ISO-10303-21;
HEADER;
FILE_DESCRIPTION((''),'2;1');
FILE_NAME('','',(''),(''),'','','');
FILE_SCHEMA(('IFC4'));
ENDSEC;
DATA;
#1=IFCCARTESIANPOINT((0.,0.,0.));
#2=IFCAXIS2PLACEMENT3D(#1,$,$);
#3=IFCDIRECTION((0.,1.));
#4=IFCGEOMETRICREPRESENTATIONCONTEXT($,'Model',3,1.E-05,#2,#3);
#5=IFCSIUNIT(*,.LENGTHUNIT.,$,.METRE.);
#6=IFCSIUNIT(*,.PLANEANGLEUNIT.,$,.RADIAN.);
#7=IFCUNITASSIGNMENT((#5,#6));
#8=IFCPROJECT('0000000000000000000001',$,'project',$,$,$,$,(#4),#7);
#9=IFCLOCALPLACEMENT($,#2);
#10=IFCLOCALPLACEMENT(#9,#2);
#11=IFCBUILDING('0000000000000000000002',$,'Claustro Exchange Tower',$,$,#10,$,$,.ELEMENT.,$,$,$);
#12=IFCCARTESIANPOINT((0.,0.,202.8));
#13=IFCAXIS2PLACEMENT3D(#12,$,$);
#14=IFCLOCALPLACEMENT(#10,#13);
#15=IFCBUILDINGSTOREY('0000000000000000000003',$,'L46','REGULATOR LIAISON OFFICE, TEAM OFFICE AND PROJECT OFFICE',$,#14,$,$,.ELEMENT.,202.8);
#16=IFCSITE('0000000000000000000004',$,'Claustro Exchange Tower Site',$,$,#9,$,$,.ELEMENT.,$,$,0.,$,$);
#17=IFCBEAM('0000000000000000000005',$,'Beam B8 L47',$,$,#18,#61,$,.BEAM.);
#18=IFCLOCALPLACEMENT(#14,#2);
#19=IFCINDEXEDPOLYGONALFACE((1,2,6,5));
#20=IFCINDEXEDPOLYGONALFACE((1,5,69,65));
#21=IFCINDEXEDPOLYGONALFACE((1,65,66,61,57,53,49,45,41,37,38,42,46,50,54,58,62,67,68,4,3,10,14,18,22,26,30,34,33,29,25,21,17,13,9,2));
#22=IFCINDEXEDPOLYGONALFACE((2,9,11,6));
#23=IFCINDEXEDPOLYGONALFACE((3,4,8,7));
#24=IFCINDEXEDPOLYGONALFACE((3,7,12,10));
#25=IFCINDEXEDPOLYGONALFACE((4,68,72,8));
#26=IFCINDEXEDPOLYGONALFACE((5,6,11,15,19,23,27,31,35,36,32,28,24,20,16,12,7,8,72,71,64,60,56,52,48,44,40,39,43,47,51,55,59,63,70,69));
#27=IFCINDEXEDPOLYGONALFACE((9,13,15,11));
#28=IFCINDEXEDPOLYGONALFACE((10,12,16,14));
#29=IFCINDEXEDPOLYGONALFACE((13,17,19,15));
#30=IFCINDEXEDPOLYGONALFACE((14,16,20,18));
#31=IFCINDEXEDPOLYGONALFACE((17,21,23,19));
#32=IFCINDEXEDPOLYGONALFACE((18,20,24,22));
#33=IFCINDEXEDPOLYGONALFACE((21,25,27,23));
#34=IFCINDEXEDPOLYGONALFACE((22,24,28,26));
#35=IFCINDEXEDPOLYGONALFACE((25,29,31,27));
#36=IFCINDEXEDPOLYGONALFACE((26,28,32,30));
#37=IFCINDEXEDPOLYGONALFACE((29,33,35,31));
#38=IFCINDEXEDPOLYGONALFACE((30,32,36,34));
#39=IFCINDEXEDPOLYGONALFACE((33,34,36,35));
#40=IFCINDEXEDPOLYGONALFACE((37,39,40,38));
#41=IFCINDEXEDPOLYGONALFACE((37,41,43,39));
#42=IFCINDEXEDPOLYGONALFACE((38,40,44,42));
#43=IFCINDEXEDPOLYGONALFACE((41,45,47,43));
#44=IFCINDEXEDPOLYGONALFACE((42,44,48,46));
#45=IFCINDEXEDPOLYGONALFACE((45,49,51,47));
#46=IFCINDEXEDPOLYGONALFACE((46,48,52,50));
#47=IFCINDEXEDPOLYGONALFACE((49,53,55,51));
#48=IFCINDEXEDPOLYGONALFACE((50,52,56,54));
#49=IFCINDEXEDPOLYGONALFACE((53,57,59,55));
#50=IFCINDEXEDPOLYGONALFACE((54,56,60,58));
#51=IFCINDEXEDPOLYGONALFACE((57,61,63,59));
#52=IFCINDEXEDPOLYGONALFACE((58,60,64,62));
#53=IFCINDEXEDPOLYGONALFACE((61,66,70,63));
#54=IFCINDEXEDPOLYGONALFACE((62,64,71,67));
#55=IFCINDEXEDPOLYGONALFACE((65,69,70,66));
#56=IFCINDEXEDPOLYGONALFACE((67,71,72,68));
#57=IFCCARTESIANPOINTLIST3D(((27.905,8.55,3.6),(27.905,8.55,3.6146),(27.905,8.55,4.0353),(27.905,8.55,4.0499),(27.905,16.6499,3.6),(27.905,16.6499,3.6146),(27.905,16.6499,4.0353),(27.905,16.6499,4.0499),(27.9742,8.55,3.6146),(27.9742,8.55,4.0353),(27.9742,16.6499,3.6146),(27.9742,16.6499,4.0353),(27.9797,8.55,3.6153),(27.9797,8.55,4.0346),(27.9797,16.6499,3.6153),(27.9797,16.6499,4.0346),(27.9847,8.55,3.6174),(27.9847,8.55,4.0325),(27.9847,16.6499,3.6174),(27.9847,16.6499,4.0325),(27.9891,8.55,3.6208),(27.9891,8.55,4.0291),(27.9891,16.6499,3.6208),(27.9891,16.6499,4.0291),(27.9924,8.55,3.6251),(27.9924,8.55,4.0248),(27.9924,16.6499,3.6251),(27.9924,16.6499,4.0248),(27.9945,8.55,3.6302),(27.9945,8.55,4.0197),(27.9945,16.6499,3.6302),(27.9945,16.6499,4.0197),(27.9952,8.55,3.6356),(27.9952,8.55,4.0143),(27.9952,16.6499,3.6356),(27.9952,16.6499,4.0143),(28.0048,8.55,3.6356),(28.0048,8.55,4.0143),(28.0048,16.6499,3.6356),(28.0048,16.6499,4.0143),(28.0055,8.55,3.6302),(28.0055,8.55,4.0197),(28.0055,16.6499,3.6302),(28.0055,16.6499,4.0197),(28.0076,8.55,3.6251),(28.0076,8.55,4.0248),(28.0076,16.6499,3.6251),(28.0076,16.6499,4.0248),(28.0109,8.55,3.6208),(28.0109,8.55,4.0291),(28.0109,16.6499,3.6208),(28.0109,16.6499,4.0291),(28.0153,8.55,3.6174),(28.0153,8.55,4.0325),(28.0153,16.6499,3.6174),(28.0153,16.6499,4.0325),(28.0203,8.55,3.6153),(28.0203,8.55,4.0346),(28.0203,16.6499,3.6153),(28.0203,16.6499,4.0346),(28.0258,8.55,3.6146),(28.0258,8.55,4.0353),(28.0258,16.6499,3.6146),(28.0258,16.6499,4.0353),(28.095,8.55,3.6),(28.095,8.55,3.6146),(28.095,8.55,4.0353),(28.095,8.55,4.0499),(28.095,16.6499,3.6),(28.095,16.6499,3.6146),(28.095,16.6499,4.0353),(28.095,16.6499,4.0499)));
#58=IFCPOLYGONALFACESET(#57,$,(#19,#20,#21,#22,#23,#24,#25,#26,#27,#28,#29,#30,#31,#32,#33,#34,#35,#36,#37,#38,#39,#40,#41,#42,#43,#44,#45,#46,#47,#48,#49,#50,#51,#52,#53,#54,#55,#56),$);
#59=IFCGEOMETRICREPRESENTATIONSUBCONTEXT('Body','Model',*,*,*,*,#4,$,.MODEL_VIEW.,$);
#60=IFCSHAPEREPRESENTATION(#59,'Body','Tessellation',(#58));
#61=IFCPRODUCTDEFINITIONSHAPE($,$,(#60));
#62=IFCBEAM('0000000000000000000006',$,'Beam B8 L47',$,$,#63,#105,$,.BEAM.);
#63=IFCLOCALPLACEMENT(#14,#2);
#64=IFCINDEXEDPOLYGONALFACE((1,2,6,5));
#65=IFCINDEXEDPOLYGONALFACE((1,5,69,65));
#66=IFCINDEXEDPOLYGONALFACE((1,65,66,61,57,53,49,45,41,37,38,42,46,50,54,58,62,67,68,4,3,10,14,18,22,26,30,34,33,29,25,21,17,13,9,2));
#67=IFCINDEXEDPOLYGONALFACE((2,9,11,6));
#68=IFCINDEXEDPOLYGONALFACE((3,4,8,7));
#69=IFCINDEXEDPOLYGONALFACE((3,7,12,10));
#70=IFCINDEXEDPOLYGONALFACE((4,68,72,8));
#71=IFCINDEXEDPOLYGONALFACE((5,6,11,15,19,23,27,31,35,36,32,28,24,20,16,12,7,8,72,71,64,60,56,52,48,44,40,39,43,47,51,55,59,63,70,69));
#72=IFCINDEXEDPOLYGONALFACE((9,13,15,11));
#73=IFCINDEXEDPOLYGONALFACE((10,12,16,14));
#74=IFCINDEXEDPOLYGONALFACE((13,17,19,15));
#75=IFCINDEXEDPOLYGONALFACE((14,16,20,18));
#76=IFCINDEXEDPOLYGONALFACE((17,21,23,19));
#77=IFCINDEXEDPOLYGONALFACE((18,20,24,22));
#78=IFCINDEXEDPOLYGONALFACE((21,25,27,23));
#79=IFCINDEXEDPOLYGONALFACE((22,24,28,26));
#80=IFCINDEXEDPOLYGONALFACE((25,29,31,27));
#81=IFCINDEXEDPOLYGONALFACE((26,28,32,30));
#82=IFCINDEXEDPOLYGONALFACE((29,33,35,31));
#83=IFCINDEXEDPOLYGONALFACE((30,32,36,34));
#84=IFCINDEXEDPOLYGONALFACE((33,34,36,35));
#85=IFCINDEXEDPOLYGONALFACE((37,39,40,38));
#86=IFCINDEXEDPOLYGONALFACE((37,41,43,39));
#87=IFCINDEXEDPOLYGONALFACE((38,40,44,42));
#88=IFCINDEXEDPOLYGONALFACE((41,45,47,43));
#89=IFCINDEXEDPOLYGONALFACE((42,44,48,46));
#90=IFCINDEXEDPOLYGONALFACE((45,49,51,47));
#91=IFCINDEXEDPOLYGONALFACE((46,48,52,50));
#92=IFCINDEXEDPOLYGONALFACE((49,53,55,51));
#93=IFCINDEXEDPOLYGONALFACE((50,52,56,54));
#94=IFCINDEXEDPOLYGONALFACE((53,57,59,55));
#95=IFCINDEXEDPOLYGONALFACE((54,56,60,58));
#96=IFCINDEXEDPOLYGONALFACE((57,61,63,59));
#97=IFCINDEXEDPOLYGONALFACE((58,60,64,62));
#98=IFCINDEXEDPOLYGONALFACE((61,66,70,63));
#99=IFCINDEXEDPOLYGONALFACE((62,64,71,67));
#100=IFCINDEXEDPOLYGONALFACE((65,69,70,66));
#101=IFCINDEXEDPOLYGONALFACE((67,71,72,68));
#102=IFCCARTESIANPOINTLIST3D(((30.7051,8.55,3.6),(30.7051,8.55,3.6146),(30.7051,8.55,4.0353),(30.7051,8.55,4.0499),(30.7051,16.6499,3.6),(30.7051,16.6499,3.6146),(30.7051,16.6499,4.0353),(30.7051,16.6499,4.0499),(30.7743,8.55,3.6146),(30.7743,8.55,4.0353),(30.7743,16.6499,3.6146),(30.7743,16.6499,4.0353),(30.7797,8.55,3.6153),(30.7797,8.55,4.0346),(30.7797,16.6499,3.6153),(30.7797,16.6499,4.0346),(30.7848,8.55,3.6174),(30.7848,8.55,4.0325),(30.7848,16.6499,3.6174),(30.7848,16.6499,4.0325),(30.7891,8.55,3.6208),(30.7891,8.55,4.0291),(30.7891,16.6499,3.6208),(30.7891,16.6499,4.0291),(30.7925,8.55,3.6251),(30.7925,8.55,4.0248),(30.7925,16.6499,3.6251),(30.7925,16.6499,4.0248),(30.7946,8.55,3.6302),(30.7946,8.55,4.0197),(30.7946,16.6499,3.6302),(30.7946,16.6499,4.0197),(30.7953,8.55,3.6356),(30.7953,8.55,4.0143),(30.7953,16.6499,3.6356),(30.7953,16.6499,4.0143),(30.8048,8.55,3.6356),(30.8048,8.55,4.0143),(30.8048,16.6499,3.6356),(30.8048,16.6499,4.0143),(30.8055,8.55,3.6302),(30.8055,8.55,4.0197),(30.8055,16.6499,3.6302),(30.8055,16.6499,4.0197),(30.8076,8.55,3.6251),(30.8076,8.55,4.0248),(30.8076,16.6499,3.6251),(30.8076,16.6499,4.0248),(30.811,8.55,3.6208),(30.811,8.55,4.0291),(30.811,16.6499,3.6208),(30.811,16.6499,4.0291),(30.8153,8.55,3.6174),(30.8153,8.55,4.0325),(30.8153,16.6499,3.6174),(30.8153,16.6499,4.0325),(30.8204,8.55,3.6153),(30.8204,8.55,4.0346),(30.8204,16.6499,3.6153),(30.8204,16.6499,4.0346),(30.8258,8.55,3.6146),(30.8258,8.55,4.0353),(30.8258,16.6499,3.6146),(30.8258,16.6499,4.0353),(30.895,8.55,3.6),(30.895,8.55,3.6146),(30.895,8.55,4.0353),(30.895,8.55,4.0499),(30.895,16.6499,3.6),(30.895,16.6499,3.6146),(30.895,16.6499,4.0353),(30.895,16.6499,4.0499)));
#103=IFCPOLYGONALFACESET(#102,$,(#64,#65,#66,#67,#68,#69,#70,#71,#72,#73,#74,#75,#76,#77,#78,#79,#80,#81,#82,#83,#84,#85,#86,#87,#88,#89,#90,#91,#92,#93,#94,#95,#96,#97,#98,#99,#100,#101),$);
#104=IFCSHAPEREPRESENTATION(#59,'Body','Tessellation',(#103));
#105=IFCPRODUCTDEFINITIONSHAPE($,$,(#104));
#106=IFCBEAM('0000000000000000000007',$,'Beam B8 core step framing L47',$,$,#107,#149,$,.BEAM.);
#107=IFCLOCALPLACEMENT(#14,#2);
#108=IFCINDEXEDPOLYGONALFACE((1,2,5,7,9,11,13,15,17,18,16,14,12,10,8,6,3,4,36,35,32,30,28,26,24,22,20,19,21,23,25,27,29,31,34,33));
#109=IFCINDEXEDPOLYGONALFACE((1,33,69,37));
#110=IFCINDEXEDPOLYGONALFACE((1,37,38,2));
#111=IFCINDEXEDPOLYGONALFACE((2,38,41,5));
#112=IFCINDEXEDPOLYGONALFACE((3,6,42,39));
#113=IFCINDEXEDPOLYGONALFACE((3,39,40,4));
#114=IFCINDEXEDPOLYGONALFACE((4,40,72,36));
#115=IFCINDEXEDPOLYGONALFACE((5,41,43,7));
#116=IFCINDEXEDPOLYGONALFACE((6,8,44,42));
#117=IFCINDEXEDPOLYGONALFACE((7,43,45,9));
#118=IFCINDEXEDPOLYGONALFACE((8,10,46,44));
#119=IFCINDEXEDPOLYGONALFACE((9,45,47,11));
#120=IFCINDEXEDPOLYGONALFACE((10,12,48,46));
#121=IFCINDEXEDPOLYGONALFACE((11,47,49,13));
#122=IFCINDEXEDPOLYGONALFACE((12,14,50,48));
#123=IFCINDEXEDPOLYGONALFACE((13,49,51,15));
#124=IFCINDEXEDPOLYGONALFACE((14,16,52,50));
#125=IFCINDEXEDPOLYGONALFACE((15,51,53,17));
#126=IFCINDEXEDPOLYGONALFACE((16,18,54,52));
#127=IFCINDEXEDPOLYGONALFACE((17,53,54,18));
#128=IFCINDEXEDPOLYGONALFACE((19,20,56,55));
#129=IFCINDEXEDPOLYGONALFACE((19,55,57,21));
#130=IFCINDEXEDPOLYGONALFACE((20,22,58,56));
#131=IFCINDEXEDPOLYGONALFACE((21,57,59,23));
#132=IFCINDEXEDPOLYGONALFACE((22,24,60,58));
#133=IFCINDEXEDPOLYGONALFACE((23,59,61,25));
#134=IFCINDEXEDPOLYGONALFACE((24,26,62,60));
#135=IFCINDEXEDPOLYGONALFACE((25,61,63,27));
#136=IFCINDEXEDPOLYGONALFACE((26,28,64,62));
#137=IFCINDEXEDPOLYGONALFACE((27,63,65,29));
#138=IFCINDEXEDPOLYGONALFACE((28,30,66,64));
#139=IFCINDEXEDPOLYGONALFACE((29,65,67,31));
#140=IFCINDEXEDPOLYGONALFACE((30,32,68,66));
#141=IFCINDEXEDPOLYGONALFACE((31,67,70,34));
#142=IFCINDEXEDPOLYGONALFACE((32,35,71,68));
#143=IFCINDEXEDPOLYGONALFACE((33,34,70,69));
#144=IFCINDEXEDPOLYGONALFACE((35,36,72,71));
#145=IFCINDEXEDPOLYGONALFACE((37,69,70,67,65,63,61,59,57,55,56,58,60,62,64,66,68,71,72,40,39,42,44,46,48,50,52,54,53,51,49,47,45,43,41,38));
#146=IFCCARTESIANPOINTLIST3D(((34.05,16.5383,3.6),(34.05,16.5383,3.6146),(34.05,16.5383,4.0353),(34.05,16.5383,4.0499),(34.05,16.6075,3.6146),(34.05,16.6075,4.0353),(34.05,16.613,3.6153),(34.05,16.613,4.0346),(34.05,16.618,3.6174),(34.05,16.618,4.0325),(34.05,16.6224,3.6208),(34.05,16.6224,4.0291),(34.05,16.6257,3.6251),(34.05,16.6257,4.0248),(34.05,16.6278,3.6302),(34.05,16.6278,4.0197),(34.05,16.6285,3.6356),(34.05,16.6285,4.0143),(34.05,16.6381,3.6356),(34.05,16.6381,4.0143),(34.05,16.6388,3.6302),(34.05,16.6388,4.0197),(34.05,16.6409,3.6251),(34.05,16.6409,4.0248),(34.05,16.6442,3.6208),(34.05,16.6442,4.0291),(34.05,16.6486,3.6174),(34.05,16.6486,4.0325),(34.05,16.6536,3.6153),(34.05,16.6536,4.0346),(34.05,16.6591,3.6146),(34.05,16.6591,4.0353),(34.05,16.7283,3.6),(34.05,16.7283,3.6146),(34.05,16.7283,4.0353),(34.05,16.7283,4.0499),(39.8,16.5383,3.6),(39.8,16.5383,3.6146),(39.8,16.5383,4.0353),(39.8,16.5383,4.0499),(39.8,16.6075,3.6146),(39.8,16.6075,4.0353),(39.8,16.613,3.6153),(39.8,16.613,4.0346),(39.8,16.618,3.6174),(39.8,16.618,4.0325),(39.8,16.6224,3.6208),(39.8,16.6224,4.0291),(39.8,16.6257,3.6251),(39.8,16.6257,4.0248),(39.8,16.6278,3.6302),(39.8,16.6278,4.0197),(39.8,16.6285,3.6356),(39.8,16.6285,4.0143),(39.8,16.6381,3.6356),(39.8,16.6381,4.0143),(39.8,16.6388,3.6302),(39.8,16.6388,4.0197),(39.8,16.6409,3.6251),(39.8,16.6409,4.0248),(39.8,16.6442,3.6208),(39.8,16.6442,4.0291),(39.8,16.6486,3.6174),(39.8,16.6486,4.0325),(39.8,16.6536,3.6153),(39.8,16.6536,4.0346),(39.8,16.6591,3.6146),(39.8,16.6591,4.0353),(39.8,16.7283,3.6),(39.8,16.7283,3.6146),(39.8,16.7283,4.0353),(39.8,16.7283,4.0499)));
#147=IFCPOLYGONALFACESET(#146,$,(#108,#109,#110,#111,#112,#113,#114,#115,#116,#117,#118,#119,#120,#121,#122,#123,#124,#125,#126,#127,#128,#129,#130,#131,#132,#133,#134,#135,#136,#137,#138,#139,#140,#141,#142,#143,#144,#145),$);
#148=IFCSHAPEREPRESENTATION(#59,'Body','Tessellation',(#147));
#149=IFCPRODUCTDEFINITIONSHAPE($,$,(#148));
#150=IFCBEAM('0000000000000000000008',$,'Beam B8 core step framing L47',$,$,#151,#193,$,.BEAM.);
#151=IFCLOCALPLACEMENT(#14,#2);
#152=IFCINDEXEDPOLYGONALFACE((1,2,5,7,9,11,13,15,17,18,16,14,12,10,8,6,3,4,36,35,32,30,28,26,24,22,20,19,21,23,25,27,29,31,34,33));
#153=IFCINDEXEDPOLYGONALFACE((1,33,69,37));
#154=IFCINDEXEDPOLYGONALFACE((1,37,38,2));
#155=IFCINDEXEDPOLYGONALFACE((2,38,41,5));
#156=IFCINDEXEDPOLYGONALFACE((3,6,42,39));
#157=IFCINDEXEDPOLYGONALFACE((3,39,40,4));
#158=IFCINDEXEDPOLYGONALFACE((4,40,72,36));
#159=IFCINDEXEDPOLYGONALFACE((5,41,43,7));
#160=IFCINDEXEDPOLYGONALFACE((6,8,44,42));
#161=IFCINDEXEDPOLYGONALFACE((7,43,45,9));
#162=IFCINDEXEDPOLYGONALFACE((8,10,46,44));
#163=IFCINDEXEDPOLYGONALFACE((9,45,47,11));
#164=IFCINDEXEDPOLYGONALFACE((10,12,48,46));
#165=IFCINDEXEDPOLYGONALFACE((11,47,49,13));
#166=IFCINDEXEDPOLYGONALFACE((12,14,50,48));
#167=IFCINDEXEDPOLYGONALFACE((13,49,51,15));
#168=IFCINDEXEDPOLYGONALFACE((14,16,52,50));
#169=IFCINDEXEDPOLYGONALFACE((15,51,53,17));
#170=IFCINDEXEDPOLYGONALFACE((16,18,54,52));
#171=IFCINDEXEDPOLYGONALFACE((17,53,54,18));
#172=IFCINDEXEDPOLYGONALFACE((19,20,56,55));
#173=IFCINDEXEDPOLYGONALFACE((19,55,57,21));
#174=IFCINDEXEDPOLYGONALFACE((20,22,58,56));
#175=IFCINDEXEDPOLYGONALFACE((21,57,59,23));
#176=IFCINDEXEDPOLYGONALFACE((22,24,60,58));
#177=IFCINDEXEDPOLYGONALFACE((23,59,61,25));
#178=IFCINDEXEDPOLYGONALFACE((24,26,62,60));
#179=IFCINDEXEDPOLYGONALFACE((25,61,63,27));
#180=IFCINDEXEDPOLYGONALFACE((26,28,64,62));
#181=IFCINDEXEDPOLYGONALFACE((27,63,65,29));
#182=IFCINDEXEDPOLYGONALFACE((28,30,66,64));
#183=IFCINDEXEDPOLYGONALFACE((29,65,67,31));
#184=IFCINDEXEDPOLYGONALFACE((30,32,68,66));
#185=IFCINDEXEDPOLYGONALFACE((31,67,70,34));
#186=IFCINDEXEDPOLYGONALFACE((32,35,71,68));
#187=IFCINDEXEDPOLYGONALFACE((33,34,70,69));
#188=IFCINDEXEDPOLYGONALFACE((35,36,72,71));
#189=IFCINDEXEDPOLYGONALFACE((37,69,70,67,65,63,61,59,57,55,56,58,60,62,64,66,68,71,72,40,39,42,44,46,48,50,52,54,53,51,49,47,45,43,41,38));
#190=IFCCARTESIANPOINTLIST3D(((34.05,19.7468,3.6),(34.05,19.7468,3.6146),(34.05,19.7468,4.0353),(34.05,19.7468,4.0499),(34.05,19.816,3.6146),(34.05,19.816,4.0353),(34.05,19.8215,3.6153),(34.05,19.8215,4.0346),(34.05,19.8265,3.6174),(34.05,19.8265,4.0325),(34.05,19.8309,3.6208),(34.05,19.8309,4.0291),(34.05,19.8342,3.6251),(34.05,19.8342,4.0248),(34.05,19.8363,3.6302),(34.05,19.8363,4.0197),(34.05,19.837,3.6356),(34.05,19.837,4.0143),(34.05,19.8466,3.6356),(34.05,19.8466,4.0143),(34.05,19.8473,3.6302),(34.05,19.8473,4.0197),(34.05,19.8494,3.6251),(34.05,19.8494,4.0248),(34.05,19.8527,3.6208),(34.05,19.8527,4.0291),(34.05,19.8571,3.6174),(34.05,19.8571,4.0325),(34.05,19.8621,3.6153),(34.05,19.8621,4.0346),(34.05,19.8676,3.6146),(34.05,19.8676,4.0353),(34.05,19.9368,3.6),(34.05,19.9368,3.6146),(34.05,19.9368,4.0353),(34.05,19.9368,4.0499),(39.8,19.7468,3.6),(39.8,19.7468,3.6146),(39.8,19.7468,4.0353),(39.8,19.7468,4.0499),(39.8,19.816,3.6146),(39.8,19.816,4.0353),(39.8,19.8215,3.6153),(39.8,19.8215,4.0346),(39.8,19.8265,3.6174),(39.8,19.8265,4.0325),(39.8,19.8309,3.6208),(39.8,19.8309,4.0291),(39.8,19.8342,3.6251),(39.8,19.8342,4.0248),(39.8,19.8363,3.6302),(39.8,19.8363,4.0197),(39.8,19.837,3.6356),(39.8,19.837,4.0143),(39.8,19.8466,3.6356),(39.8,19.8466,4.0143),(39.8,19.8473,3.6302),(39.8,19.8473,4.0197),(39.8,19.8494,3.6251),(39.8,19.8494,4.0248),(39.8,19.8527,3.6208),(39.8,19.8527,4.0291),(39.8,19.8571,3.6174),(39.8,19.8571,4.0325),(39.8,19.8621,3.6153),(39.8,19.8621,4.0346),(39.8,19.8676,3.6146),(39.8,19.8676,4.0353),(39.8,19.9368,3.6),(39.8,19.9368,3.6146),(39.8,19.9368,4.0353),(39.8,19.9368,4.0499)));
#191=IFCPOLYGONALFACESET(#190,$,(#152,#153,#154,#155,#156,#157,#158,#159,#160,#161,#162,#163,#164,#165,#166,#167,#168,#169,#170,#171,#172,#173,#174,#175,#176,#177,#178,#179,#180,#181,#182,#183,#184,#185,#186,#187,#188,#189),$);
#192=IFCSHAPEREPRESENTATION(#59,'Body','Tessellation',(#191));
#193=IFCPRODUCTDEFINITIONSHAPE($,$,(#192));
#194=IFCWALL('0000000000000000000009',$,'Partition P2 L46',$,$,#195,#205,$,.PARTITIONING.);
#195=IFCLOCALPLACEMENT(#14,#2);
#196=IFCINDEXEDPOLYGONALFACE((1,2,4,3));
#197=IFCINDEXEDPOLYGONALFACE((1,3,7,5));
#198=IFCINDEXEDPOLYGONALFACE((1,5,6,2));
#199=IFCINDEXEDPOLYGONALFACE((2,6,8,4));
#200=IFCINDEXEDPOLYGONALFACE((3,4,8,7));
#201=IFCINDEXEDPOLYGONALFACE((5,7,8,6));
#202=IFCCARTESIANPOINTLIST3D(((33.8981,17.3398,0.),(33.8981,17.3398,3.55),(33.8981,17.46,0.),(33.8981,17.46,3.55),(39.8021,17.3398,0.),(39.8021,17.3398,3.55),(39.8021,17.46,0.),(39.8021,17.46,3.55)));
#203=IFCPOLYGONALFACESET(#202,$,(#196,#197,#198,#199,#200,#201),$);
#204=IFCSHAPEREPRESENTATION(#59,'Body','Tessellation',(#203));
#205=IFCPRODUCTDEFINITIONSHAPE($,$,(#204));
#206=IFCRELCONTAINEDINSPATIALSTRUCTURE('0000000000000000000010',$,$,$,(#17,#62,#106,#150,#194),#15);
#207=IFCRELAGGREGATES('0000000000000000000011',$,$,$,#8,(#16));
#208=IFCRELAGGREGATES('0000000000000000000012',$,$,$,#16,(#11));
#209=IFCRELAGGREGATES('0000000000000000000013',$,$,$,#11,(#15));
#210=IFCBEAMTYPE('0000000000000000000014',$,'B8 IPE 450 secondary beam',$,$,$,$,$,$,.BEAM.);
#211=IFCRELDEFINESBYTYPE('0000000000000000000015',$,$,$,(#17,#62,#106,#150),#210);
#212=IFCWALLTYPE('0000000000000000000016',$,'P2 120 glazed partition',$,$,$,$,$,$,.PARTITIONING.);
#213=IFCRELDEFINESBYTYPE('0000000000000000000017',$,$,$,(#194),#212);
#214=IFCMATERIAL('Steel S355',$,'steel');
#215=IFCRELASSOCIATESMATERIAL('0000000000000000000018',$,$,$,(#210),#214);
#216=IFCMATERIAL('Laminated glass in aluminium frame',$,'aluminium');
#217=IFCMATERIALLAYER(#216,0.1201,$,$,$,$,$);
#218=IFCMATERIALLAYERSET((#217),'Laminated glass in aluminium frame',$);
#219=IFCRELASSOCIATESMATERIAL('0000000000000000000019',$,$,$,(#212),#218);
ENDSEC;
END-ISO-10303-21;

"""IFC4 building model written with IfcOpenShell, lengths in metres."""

from ifc_helpers import new_model, si_unit, direction, frame, frame_2d, origin, origin_2d, place, context, subcontext, project, spatial, rectangle, i_section, extrude, material, layer, layer_set, material_profile, profile_set, type_object, element, save


model = new_model("IFC4")

# Units and contexts
model_context = context("Model", 3, precision=1e-05, world=origin(), true_north=direction((0.0, 1.0)))
body_context = subcontext(model_context, "Body", "Model", "MODEL_VIEW")
ifc_project = project(units=[si_unit("LENGTHUNIT", "METRE"), si_unit("PLANEANGLEUNIT", "RADIAN")], contexts=[model_context])

# Site, building, storey
site_placement = place(None, origin())
site = spatial("IfcSite", under=ifc_project, at=site_placement, Name="Claustro Exchange Tower Site", CompositionType="ELEMENT", RefElevation=0.0)
building_placement = place(site_placement, origin())
building = spatial("IfcBuilding", under=site, at=building_placement, Name="Claustro Exchange Tower", CompositionType="ELEMENT")
storey_placement = place(building_placement, frame((0.0, 0.0, 202.8)))
storey = spatial("IfcBuildingStorey", under=building, at=storey_placement, Name="L46", Description="REGULATOR LIAISON OFFICE, TEAM OFFICE AND PROJECT OFFICE", CompositionType="ELEMENT", Elevation=202.8)

# Beams
ifc_material_1 = material(Name="Steel S355", Category="steel")
ifc_material_profile_1 = material_profile(ifc_material_1, i_section(OverallWidth=0.1899, OverallDepth=0.45, WebThickness=0.0095, FlangeThickness=0.0146, FilletRadius=0.021, at=origin_2d()), Name="IPE 450")
ifc_profile_set_1 = profile_set([ifc_material_profile_1], Name="Steel S355")
beam_type_1 = type_object("IfcBeamType", Name="B8 IPE 450 secondary beam", PredefinedType="BEAM", material=ifc_profile_set_1)
for number, where, z_axis, x_axis, name in (
    (1, (28.0, 8.55, 3.825), (0.0, 1.0, 0.0), (-1.0, 0.0, 0.0), "Beam B8 L47"),
    (2, (30.8, 8.55, 3.825), (0.0, 1.0, 0.0), (-1.0, 0.0, 0.0), "Beam B8 L47"),
):
    element("IfcBeam", number, at=place(storey_placement, frame(where, z_axis=z_axis, x_axis=x_axis)), inside=storey, type_object=beam_type_1, Name=name, PredefinedType="BEAM", context=body_context, shape_type="SweptSolid", body=[
        extrude(i_section(OverallWidth=0.1899, OverallDepth=0.45, WebThickness=0.0095, FlangeThickness=0.0146, FilletRadius=0.021, at=origin_2d()), origin(), (0.0, 0.0, 1.0), 8.0999),
    ])
for number, where, z_axis, x_axis, name in (
    (3, (34.05, 16.6333, 3.825), (1.0, 0.0, 0.0), (0.0, 1.0, 0.0), "Beam B8 core step framing L47"),
    (4, (34.05, 19.8418, 3.825), (1.0, 0.0, 0.0), (0.0, 1.0, 0.0), "Beam B8 core step framing L47"),
):
    element("IfcBeam", number, at=place(storey_placement, frame(where, z_axis=z_axis, x_axis=x_axis)), inside=storey, type_object=beam_type_1, Name=name, PredefinedType="BEAM", context=body_context, shape_type="SweptSolid", body=[
        extrude(i_section(OverallWidth=0.1899, OverallDepth=0.45, WebThickness=0.0095, FlangeThickness=0.0146, FilletRadius=0.021, at=origin_2d()), origin(), (0.0, 0.0, 1.0), 5.75),
    ])

# Wall
ifc_material_2 = material(Name="Laminated glass in aluminium frame", Category="aluminium")
ifc_layer_1 = layer(ifc_material_2, 0.1201)
ifc_layer_set_1 = layer_set([ifc_layer_1], Name="Laminated glass in aluminium frame")
wall_type_1 = type_object("IfcWallType", Name="P2 120 glazed partition", PredefinedType="PARTITIONING", material=ifc_layer_set_1)
wall_1_placement = place(storey_placement, frame((33.8979, 17.3999, 0.0), z_axis=(0.0, 0.0, 1.0), x_axis=(1.0, 0.0, 0.0)))
element("IfcWall", 5, at=wall_1_placement, inside=storey, type_object=wall_type_1, Name="Partition P2 L46", PredefinedType="PARTITIONING", context=body_context, shape_type="SweptSolid", body=[
    extrude(rectangle(XDim=5.9041, YDim=0.1201, at=frame_2d((2.9521, 0.0))), origin(), (0.0, 0.0, 1.0), 3.55),
])

save(model, "model.ifc")
